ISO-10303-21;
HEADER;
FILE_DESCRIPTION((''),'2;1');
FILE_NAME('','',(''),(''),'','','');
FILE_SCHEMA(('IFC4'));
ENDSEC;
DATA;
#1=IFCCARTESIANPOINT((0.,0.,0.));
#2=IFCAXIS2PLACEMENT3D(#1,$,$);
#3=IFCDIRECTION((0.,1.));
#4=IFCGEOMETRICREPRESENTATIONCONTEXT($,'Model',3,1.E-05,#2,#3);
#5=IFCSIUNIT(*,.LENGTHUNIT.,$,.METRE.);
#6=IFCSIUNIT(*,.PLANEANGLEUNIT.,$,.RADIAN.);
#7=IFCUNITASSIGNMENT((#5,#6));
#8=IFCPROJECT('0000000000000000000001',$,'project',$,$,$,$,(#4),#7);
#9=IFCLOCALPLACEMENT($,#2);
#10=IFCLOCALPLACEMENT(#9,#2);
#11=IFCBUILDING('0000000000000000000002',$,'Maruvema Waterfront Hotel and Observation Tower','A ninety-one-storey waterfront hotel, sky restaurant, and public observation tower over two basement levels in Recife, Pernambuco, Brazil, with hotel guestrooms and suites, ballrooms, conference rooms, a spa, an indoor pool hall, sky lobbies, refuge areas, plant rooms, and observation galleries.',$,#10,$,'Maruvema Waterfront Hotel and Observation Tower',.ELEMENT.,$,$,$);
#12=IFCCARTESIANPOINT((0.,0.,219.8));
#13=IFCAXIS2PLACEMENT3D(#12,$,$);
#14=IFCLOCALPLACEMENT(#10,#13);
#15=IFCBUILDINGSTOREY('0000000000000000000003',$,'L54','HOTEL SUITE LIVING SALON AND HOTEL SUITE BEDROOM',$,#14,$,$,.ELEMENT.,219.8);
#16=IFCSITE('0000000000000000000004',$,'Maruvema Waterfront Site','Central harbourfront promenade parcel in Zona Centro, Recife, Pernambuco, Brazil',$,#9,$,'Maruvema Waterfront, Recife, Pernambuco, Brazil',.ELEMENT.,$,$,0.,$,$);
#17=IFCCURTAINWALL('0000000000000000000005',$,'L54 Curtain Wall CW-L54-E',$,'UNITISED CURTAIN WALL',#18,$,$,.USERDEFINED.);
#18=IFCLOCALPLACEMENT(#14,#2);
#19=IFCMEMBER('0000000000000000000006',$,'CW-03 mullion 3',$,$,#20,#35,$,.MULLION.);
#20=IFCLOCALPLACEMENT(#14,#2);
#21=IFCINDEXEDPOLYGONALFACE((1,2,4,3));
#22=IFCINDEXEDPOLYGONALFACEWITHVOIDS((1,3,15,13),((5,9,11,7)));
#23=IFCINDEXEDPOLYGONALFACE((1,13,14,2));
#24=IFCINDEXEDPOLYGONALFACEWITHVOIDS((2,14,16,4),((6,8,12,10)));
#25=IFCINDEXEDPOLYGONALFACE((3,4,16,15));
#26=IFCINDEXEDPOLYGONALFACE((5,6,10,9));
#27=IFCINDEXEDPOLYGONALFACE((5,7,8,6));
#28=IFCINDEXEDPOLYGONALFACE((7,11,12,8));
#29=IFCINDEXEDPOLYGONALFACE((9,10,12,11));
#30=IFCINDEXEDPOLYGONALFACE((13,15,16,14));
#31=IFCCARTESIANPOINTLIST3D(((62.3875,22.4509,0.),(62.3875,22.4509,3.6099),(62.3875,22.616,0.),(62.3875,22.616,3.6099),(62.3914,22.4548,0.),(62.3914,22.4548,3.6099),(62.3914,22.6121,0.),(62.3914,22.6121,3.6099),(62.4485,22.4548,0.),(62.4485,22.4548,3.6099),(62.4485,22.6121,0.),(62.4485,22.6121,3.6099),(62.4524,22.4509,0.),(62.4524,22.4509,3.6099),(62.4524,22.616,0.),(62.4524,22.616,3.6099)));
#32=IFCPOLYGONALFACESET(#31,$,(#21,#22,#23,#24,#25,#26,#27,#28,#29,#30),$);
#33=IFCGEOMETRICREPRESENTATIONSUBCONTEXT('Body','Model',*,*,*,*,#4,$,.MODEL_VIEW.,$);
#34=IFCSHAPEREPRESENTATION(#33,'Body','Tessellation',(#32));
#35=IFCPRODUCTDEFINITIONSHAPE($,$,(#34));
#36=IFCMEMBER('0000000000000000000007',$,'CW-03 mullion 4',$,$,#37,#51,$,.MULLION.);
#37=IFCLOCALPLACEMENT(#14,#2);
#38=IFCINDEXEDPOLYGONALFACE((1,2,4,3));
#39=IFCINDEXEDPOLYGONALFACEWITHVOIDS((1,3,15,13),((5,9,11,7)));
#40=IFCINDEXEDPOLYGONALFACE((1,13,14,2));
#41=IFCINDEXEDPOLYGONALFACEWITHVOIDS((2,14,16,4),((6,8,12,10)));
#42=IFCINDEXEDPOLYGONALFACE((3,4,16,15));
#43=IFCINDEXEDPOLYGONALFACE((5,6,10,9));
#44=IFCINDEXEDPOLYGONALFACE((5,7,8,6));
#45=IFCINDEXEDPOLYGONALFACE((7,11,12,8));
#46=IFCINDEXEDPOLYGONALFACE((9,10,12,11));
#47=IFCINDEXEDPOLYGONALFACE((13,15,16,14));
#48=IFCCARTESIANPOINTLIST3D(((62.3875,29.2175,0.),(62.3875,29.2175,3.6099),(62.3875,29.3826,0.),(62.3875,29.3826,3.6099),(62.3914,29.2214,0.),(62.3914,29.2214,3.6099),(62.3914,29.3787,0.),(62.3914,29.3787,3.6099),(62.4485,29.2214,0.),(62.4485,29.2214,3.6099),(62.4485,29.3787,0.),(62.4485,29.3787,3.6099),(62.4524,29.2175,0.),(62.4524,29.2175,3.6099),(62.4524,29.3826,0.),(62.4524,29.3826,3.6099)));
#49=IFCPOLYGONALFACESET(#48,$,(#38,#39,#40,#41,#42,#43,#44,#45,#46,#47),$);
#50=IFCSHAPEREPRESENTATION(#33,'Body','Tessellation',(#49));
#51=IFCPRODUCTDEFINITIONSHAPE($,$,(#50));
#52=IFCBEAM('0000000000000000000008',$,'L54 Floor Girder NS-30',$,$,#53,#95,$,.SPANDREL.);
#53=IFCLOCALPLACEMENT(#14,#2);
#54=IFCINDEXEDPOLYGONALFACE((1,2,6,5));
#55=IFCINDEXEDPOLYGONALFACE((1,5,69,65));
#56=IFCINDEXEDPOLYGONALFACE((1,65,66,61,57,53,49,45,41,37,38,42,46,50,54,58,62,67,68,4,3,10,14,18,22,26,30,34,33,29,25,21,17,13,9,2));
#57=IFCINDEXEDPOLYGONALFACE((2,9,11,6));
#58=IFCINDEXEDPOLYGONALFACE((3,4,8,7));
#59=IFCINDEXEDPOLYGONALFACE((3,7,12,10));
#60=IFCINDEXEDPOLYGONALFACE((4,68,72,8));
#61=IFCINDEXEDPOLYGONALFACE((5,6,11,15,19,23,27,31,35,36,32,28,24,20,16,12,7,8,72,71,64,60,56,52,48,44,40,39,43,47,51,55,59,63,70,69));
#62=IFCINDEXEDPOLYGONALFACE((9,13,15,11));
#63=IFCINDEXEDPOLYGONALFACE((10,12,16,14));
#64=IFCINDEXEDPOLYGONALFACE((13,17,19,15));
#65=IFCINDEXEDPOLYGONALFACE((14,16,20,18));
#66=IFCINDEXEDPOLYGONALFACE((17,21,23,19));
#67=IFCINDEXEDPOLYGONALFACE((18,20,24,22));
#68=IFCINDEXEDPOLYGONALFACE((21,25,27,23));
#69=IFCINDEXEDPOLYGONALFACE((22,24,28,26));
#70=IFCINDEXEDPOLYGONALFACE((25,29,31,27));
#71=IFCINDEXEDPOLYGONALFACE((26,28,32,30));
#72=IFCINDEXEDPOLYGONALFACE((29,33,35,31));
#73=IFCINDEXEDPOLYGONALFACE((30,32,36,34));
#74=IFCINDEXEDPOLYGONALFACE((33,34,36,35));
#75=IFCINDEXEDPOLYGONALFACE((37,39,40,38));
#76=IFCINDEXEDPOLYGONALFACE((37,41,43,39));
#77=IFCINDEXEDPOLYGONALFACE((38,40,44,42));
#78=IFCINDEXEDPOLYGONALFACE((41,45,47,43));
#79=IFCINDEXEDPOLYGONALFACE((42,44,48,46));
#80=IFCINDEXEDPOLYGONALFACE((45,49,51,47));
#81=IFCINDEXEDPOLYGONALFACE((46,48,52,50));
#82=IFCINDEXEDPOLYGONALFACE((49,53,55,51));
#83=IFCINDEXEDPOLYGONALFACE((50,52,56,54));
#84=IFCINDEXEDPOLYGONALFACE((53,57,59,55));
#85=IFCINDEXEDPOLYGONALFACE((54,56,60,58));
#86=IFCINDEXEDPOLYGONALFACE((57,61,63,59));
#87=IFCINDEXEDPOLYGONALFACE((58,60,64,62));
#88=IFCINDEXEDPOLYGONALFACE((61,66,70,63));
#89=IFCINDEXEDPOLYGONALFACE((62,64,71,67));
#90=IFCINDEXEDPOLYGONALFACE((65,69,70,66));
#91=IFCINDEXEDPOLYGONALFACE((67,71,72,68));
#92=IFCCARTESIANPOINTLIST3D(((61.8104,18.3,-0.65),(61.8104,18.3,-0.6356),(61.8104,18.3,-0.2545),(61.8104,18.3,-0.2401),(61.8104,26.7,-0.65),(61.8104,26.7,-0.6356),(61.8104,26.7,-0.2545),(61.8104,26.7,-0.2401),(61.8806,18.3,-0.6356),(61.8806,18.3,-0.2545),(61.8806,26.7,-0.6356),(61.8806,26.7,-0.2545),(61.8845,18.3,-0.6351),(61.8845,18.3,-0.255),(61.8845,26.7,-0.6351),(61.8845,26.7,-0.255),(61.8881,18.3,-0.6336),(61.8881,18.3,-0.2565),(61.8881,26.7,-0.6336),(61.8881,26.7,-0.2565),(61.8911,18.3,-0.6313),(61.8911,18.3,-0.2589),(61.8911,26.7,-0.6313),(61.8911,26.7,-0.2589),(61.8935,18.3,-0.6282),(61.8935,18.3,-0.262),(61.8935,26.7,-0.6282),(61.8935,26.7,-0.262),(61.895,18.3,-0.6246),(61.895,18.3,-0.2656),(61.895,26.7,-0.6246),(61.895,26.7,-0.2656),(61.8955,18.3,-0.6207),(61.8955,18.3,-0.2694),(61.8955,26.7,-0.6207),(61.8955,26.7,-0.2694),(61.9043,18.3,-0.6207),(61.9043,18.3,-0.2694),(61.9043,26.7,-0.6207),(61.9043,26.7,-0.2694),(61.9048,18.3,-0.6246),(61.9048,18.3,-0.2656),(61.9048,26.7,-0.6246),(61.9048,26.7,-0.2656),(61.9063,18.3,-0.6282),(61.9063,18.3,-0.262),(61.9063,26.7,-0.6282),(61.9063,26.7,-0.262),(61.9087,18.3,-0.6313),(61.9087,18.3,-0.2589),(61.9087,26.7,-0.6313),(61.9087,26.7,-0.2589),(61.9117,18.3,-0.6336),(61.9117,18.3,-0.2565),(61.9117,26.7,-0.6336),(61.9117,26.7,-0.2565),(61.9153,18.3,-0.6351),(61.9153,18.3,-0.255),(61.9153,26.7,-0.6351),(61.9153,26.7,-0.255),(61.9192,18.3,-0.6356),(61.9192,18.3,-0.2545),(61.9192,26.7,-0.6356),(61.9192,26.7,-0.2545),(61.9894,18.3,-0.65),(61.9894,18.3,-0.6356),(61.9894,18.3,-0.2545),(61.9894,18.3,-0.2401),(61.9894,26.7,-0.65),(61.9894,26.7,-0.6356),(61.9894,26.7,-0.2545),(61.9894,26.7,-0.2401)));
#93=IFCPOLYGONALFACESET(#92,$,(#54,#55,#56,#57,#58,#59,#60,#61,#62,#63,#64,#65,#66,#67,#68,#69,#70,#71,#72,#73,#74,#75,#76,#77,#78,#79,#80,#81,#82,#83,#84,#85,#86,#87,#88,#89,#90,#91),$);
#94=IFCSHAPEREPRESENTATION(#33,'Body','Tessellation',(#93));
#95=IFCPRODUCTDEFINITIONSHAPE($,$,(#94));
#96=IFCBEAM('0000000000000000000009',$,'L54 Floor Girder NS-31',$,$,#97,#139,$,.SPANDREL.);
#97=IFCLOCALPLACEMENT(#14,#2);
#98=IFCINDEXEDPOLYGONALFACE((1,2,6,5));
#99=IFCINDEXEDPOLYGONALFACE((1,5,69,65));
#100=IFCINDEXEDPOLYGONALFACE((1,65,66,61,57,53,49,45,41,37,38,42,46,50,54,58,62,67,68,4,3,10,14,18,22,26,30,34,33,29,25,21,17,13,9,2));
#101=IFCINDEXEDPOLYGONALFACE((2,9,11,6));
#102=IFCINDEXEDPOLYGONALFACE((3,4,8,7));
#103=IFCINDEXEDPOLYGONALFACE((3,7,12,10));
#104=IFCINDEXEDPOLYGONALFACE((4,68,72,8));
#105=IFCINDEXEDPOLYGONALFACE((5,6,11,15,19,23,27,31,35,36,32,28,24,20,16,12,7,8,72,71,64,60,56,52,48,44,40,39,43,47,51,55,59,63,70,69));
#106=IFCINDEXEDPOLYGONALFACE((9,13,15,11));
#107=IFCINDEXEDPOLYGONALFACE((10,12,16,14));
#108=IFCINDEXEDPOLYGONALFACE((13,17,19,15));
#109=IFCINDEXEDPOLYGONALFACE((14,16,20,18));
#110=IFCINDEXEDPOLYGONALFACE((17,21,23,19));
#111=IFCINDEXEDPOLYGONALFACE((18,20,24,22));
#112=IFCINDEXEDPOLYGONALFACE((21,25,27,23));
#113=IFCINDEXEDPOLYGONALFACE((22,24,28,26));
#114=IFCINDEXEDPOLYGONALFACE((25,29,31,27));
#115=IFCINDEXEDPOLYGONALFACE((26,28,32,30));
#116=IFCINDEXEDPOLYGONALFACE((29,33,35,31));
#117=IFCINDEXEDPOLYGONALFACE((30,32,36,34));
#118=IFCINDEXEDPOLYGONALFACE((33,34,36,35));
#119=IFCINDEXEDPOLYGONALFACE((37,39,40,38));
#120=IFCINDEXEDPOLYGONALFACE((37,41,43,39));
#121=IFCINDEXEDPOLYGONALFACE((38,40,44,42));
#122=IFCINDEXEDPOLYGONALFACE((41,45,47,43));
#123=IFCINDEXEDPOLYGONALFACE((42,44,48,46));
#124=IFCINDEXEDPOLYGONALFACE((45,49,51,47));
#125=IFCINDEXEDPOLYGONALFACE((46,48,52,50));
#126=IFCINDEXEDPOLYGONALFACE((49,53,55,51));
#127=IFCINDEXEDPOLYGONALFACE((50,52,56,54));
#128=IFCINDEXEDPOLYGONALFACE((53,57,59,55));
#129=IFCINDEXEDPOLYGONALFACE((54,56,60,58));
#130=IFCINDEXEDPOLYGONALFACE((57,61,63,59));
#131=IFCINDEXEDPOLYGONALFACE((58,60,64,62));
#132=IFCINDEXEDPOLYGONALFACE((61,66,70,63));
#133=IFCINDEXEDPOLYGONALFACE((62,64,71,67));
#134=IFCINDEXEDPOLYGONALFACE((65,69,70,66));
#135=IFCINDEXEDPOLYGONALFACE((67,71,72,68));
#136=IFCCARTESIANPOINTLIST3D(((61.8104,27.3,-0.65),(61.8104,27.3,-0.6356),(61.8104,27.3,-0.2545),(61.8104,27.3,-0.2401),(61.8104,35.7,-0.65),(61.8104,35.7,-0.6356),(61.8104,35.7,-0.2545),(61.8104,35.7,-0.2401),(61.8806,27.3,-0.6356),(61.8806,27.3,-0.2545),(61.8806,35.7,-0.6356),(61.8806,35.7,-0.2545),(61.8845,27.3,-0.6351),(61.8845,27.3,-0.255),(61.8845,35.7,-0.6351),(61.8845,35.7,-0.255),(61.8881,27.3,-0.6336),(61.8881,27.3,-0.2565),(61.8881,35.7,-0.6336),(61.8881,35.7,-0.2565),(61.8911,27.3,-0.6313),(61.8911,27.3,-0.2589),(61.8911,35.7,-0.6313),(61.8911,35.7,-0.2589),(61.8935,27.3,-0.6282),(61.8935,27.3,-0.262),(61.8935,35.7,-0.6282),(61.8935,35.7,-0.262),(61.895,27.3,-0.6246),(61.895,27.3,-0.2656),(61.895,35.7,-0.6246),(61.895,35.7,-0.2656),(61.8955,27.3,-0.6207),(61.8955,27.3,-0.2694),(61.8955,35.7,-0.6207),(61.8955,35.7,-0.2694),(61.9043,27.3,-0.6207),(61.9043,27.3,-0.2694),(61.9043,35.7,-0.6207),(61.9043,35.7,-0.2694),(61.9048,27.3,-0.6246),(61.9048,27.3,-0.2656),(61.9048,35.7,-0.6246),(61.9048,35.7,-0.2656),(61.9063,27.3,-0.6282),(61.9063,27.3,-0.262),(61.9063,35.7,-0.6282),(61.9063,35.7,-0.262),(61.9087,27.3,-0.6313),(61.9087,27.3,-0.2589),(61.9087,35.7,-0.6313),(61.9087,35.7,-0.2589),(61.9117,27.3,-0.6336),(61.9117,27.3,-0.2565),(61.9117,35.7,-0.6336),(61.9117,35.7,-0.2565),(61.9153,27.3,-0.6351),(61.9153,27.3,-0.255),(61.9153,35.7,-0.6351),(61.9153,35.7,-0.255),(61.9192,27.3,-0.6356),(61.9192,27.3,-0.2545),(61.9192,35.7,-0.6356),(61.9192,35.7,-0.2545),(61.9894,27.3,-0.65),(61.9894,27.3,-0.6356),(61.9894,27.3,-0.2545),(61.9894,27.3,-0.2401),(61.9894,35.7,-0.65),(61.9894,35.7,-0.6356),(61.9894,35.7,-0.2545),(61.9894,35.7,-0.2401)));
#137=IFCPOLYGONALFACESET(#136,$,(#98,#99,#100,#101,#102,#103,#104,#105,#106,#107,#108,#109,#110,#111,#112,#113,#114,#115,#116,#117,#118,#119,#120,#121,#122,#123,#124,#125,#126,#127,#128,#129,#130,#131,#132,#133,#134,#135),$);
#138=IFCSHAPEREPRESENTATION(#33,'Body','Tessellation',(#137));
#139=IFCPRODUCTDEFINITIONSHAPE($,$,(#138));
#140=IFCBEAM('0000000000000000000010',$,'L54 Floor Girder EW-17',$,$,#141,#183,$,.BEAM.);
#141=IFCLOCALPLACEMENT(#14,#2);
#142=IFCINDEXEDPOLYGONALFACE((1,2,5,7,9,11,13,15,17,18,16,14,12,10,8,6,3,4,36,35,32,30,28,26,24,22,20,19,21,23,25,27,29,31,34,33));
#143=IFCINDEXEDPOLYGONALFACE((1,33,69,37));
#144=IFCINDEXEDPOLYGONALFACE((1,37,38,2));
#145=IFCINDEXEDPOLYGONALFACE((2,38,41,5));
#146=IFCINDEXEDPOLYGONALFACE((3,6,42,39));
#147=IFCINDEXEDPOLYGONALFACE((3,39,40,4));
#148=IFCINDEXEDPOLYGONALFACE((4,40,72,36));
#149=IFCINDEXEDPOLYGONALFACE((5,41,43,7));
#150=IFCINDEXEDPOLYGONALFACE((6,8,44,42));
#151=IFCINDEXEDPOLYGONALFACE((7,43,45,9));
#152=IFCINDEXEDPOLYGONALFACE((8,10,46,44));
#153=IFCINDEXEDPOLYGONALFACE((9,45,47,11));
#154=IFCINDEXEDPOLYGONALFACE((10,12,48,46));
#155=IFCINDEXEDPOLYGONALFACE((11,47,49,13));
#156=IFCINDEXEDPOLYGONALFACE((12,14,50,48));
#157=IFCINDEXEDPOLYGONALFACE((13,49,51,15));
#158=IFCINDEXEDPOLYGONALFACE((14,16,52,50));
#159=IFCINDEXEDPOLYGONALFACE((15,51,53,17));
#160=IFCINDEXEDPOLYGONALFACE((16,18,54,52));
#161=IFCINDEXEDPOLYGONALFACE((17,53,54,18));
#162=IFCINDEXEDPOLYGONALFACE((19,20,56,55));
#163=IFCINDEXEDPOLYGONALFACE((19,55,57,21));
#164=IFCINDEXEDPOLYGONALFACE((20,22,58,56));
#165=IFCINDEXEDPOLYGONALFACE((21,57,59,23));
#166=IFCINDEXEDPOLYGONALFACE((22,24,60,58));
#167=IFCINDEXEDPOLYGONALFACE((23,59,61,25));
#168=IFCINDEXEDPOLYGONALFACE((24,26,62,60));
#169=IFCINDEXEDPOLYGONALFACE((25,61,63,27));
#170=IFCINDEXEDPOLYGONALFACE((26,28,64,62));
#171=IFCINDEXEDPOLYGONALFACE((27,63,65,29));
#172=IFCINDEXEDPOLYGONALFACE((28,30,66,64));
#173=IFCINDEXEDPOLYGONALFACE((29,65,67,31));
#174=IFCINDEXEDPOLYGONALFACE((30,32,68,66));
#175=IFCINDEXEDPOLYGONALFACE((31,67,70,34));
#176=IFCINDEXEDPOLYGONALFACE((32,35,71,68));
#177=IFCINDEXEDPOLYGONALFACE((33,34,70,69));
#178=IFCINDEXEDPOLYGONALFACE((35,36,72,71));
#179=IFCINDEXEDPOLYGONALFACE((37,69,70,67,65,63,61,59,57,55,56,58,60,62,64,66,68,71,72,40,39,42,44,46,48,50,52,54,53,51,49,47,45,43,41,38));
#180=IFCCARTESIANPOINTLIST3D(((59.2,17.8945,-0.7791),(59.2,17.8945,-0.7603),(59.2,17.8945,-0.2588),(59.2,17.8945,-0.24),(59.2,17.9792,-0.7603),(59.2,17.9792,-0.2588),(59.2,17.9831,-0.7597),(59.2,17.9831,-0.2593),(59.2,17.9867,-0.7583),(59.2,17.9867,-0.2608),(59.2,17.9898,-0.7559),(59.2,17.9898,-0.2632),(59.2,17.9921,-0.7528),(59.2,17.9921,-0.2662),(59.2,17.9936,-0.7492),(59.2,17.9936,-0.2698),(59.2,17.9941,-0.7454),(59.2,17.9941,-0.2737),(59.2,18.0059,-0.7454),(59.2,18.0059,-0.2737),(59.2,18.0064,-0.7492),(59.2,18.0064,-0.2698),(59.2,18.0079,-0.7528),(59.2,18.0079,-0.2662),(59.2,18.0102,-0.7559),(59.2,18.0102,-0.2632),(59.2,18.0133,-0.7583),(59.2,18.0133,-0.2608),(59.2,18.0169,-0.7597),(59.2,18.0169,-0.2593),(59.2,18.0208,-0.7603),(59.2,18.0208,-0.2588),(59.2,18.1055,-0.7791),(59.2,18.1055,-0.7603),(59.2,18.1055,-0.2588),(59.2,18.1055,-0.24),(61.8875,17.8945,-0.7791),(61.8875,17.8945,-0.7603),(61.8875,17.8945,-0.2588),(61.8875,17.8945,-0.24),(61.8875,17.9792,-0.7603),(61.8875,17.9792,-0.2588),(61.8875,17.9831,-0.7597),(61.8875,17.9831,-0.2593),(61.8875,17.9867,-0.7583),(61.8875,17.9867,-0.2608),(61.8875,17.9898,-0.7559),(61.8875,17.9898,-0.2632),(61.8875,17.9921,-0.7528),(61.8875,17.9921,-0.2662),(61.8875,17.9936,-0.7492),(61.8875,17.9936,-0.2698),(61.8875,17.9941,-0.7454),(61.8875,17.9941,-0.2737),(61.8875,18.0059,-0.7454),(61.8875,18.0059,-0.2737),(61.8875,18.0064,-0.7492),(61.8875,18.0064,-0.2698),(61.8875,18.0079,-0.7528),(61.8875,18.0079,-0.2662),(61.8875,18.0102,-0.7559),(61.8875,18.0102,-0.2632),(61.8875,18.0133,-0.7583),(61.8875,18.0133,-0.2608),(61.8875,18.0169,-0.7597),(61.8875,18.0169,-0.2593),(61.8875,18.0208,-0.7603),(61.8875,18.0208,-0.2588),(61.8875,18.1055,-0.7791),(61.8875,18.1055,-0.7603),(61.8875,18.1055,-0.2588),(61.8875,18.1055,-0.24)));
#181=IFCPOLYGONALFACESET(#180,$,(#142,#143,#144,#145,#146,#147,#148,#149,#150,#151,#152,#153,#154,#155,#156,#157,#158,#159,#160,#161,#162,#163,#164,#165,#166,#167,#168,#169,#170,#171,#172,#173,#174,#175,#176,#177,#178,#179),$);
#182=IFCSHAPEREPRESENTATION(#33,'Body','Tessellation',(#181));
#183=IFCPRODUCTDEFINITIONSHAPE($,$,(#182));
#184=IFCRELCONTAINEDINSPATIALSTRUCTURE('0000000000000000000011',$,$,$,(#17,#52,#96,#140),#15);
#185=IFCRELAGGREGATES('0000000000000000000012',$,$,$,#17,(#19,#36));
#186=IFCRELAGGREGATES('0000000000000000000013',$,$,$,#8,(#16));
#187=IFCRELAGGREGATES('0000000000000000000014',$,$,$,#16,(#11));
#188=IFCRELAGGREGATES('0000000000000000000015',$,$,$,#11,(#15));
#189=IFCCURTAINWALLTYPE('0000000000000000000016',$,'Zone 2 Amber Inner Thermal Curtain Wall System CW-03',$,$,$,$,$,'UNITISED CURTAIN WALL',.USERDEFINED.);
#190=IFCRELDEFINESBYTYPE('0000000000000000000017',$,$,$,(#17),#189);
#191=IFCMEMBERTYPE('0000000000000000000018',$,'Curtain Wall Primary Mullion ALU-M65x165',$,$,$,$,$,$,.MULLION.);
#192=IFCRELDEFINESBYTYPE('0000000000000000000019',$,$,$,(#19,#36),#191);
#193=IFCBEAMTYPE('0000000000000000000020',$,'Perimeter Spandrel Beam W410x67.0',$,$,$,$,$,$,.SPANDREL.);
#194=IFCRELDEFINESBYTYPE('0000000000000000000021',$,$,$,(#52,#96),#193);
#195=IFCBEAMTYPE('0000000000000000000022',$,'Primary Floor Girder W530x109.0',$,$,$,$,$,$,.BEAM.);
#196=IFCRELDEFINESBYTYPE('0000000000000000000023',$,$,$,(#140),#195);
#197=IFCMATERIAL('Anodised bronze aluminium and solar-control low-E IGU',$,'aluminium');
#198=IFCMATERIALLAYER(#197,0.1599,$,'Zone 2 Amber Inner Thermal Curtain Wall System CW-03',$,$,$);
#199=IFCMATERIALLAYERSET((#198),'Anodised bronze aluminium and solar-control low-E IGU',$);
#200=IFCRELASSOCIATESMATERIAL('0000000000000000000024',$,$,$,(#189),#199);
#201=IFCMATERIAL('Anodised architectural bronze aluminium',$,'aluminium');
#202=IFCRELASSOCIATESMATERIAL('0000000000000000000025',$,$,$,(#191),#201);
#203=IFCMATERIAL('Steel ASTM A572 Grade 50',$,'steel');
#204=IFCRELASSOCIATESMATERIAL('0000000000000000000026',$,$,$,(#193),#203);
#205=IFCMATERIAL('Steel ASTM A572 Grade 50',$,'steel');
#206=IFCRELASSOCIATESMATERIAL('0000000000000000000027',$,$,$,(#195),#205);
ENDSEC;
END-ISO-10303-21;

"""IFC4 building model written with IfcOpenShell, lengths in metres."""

from ifc_helpers import new_model, si_unit, direction, frame, origin, origin_2d, place, context, subcontext, project, spatial, hollow_rectangle, i_section, extrude, material, layer, layer_set, material_profile, profile_set, type_object, element, aggregate, save


model = new_model("IFC4")

# Units and contexts
model_context = context("Model", 3, precision=1e-05, world=origin(), true_north=direction((0.0, 1.0)))
body_context = subcontext(model_context, "Body", "Model", "MODEL_VIEW")
ifc_project = project(units=[si_unit("LENGTHUNIT", "METRE"), si_unit("PLANEANGLEUNIT", "RADIAN")], contexts=[model_context])

# Site, building, storey
site_placement = place(None, origin())
site = spatial("IfcSite", under=ifc_project, at=site_placement, Name="Maruvema Waterfront Site", Description="Central harbourfront promenade parcel in Zona Centro, Recife, Pernambuco, Brazil", LongName="Maruvema Waterfront, Recife, Pernambuco, Brazil", CompositionType="ELEMENT", RefElevation=0.0)
building_placement = place(site_placement, origin())
building = spatial("IfcBuilding", under=site, at=building_placement, Name="Maruvema Waterfront Hotel and Observation Tower", Description="A ninety-one-storey waterfront hotel, sky restaurant, and public observation tower over two basement levels in Recife, Pernambuco, Brazil, with hotel guestrooms and suites, ballrooms, conference rooms, a spa, an indoor pool hall, sky lobbies, refuge areas, plant rooms, and observation galleries.", LongName="Maruvema Waterfront Hotel and Observation Tower", CompositionType="ELEMENT")
storey_placement = place(building_placement, frame((0.0, 0.0, 219.8)))
storey = spatial("IfcBuildingStorey", under=building, at=storey_placement, Name="L54", Description="HOTEL SUITE LIVING SALON AND HOTEL SUITE BEDROOM", CompositionType="ELEMENT", Elevation=219.8)

# Curtain wall, members
ifc_material_1 = material(Name="Anodised bronze aluminium and solar-control low-E IGU", Category="aluminium")
ifc_layer_1 = layer(ifc_material_1, 0.1599, Name="Zone 2 Amber Inner Thermal Curtain Wall System CW-03")
ifc_layer_set_1 = layer_set([ifc_layer_1], Name="Anodised bronze aluminium and solar-control low-E IGU")
curtain_wall_type = type_object("IfcCurtainWallType", Name="Zone 2 Amber Inner Thermal Curtain Wall System CW-03", ElementType="UNITISED CURTAIN WALL", PredefinedType="USERDEFINED", material=ifc_layer_set_1)
curtain_wall_placement = place(storey_placement, origin())
curtain_wall = element("IfcCurtainWall", 1, at=curtain_wall_placement, inside=storey, type_object=curtain_wall_type, Name="L54 Curtain Wall CW-L54-E", ObjectType="UNITISED CURTAIN WALL", PredefinedType="USERDEFINED")
ifc_material_2 = material(Name="Anodised architectural bronze aluminium", Category="aluminium")
ifc_material_profile_1 = material_profile(ifc_material_2, hollow_rectangle(XDim=0.0649, YDim=0.165, WallThickness=0.0039, at=origin_2d()), Name="ALU-M65x165")
ifc_profile_set_1 = profile_set([ifc_material_profile_1], Name="Anodised architectural bronze aluminium")
member_type_1 = type_object("IfcMemberType", Name="Curtain Wall Primary Mullion ALU-M65x165", PredefinedType="MULLION", material=ifc_profile_set_1)
member_1_placement = place(storey_placement, frame((62.4199, 22.5334, 0.0), z_axis=(0.0, 0.0, 1.0), x_axis=(-1.0, 0.0, 0.0)))
member_1 = element("IfcMember", 2, at=member_1_placement, type_object=member_type_1, Name="CW-03 mullion 3", PredefinedType="MULLION", context=body_context, shape_type="SweptSolid", body=[
    extrude(hollow_rectangle(XDim=0.0649, YDim=0.165, WallThickness=0.0039, at=origin_2d()), origin(), (0.0, 0.0, 1.0), 3.6099),
])
member_2_placement = place(storey_placement, frame((62.4199, 29.3, 0.0), z_axis=(0.0, 0.0, 1.0), x_axis=(-1.0, 0.0, 0.0)))
member_2 = element("IfcMember", 3, at=member_2_placement, type_object=member_type_1, Name="CW-03 mullion 4", PredefinedType="MULLION", context=body_context, shape_type="SweptSolid", body=[
    extrude(hollow_rectangle(XDim=0.0649, YDim=0.165, WallThickness=0.0039, at=origin_2d()), origin(), (0.0, 0.0, 1.0), 3.6099),
])

# Beams
ifc_material_3 = material(Name="Steel ASTM A572 Grade 50", Category="steel")
ifc_material_profile_2 = material_profile(ifc_material_3, i_section(OverallWidth=0.179, OverallDepth=0.4099, WebThickness=0.0088, FlangeThickness=0.0144, FilletRadius=0.0149, at=origin_2d()), Name="W410x67.0")
ifc_profile_set_2 = profile_set([ifc_material_profile_2], Name="Steel ASTM A572 Grade 50")
beam_type_1 = type_object("IfcBeamType", Name="Perimeter Spandrel Beam W410x67.0", PredefinedType="SPANDREL", material=ifc_profile_set_2)
for number, where, z_axis, x_axis, name in (
    (4, (61.8999, 18.3, -0.4451), (0.0, 1.0, 0.0), (-1.0, 0.0, 0.0), "L54 Floor Girder NS-30"),
    (5, (61.8999, 27.3, -0.4451), (0.0, 1.0, 0.0), (-1.0, 0.0, 0.0), "L54 Floor Girder NS-31"),
):
    element("IfcBeam", number, at=place(storey_placement, frame(where, z_axis=z_axis, x_axis=x_axis)), inside=storey, type_object=beam_type_1, Name=name, PredefinedType="SPANDREL", context=body_context, shape_type="SweptSolid", body=[
        extrude(i_section(OverallWidth=0.179, OverallDepth=0.4099, WebThickness=0.0088, FlangeThickness=0.0144, FilletRadius=0.0149, at=origin_2d()), origin(), (0.0, 0.0, 1.0), 8.3999),
    ])
ifc_material_4 = material(Name="Steel ASTM A572 Grade 50", Category="steel")
ifc_material_profile_3 = material_profile(ifc_material_4, i_section(OverallWidth=0.2109, OverallDepth=0.5391, WebThickness=0.0117, FlangeThickness=0.0188, FilletRadius=0.0149, at=origin_2d()), Name="W530x109.0")
ifc_profile_set_3 = profile_set([ifc_material_profile_3], Name="Steel ASTM A572 Grade 50")
beam_type_2 = type_object("IfcBeamType", Name="Primary Floor Girder W530x109.0", PredefinedType="BEAM", material=ifc_profile_set_3)
for number, where, z_axis, x_axis, name in (
    (6, (59.2, 18.0, -0.5095), (1.0, 0.0, 0.0), (0.0, 1.0, 0.0), "L54 Floor Girder EW-17"),
):
    element("IfcBeam", number, at=place(storey_placement, frame(where, z_axis=z_axis, x_axis=x_axis)), inside=storey, type_object=beam_type_2, Name=name, PredefinedType="BEAM", context=body_context, shape_type="SweptSolid", body=[
        extrude(i_section(OverallWidth=0.2109, OverallDepth=0.5391, WebThickness=0.0117, FlangeThickness=0.0188, FilletRadius=0.0149, at=origin_2d()), origin(), (0.0, 0.0, 1.0), 2.6875),
    ])

aggregate(curtain_wall, [member_1, member_2])

save(model, "model.ifc")
